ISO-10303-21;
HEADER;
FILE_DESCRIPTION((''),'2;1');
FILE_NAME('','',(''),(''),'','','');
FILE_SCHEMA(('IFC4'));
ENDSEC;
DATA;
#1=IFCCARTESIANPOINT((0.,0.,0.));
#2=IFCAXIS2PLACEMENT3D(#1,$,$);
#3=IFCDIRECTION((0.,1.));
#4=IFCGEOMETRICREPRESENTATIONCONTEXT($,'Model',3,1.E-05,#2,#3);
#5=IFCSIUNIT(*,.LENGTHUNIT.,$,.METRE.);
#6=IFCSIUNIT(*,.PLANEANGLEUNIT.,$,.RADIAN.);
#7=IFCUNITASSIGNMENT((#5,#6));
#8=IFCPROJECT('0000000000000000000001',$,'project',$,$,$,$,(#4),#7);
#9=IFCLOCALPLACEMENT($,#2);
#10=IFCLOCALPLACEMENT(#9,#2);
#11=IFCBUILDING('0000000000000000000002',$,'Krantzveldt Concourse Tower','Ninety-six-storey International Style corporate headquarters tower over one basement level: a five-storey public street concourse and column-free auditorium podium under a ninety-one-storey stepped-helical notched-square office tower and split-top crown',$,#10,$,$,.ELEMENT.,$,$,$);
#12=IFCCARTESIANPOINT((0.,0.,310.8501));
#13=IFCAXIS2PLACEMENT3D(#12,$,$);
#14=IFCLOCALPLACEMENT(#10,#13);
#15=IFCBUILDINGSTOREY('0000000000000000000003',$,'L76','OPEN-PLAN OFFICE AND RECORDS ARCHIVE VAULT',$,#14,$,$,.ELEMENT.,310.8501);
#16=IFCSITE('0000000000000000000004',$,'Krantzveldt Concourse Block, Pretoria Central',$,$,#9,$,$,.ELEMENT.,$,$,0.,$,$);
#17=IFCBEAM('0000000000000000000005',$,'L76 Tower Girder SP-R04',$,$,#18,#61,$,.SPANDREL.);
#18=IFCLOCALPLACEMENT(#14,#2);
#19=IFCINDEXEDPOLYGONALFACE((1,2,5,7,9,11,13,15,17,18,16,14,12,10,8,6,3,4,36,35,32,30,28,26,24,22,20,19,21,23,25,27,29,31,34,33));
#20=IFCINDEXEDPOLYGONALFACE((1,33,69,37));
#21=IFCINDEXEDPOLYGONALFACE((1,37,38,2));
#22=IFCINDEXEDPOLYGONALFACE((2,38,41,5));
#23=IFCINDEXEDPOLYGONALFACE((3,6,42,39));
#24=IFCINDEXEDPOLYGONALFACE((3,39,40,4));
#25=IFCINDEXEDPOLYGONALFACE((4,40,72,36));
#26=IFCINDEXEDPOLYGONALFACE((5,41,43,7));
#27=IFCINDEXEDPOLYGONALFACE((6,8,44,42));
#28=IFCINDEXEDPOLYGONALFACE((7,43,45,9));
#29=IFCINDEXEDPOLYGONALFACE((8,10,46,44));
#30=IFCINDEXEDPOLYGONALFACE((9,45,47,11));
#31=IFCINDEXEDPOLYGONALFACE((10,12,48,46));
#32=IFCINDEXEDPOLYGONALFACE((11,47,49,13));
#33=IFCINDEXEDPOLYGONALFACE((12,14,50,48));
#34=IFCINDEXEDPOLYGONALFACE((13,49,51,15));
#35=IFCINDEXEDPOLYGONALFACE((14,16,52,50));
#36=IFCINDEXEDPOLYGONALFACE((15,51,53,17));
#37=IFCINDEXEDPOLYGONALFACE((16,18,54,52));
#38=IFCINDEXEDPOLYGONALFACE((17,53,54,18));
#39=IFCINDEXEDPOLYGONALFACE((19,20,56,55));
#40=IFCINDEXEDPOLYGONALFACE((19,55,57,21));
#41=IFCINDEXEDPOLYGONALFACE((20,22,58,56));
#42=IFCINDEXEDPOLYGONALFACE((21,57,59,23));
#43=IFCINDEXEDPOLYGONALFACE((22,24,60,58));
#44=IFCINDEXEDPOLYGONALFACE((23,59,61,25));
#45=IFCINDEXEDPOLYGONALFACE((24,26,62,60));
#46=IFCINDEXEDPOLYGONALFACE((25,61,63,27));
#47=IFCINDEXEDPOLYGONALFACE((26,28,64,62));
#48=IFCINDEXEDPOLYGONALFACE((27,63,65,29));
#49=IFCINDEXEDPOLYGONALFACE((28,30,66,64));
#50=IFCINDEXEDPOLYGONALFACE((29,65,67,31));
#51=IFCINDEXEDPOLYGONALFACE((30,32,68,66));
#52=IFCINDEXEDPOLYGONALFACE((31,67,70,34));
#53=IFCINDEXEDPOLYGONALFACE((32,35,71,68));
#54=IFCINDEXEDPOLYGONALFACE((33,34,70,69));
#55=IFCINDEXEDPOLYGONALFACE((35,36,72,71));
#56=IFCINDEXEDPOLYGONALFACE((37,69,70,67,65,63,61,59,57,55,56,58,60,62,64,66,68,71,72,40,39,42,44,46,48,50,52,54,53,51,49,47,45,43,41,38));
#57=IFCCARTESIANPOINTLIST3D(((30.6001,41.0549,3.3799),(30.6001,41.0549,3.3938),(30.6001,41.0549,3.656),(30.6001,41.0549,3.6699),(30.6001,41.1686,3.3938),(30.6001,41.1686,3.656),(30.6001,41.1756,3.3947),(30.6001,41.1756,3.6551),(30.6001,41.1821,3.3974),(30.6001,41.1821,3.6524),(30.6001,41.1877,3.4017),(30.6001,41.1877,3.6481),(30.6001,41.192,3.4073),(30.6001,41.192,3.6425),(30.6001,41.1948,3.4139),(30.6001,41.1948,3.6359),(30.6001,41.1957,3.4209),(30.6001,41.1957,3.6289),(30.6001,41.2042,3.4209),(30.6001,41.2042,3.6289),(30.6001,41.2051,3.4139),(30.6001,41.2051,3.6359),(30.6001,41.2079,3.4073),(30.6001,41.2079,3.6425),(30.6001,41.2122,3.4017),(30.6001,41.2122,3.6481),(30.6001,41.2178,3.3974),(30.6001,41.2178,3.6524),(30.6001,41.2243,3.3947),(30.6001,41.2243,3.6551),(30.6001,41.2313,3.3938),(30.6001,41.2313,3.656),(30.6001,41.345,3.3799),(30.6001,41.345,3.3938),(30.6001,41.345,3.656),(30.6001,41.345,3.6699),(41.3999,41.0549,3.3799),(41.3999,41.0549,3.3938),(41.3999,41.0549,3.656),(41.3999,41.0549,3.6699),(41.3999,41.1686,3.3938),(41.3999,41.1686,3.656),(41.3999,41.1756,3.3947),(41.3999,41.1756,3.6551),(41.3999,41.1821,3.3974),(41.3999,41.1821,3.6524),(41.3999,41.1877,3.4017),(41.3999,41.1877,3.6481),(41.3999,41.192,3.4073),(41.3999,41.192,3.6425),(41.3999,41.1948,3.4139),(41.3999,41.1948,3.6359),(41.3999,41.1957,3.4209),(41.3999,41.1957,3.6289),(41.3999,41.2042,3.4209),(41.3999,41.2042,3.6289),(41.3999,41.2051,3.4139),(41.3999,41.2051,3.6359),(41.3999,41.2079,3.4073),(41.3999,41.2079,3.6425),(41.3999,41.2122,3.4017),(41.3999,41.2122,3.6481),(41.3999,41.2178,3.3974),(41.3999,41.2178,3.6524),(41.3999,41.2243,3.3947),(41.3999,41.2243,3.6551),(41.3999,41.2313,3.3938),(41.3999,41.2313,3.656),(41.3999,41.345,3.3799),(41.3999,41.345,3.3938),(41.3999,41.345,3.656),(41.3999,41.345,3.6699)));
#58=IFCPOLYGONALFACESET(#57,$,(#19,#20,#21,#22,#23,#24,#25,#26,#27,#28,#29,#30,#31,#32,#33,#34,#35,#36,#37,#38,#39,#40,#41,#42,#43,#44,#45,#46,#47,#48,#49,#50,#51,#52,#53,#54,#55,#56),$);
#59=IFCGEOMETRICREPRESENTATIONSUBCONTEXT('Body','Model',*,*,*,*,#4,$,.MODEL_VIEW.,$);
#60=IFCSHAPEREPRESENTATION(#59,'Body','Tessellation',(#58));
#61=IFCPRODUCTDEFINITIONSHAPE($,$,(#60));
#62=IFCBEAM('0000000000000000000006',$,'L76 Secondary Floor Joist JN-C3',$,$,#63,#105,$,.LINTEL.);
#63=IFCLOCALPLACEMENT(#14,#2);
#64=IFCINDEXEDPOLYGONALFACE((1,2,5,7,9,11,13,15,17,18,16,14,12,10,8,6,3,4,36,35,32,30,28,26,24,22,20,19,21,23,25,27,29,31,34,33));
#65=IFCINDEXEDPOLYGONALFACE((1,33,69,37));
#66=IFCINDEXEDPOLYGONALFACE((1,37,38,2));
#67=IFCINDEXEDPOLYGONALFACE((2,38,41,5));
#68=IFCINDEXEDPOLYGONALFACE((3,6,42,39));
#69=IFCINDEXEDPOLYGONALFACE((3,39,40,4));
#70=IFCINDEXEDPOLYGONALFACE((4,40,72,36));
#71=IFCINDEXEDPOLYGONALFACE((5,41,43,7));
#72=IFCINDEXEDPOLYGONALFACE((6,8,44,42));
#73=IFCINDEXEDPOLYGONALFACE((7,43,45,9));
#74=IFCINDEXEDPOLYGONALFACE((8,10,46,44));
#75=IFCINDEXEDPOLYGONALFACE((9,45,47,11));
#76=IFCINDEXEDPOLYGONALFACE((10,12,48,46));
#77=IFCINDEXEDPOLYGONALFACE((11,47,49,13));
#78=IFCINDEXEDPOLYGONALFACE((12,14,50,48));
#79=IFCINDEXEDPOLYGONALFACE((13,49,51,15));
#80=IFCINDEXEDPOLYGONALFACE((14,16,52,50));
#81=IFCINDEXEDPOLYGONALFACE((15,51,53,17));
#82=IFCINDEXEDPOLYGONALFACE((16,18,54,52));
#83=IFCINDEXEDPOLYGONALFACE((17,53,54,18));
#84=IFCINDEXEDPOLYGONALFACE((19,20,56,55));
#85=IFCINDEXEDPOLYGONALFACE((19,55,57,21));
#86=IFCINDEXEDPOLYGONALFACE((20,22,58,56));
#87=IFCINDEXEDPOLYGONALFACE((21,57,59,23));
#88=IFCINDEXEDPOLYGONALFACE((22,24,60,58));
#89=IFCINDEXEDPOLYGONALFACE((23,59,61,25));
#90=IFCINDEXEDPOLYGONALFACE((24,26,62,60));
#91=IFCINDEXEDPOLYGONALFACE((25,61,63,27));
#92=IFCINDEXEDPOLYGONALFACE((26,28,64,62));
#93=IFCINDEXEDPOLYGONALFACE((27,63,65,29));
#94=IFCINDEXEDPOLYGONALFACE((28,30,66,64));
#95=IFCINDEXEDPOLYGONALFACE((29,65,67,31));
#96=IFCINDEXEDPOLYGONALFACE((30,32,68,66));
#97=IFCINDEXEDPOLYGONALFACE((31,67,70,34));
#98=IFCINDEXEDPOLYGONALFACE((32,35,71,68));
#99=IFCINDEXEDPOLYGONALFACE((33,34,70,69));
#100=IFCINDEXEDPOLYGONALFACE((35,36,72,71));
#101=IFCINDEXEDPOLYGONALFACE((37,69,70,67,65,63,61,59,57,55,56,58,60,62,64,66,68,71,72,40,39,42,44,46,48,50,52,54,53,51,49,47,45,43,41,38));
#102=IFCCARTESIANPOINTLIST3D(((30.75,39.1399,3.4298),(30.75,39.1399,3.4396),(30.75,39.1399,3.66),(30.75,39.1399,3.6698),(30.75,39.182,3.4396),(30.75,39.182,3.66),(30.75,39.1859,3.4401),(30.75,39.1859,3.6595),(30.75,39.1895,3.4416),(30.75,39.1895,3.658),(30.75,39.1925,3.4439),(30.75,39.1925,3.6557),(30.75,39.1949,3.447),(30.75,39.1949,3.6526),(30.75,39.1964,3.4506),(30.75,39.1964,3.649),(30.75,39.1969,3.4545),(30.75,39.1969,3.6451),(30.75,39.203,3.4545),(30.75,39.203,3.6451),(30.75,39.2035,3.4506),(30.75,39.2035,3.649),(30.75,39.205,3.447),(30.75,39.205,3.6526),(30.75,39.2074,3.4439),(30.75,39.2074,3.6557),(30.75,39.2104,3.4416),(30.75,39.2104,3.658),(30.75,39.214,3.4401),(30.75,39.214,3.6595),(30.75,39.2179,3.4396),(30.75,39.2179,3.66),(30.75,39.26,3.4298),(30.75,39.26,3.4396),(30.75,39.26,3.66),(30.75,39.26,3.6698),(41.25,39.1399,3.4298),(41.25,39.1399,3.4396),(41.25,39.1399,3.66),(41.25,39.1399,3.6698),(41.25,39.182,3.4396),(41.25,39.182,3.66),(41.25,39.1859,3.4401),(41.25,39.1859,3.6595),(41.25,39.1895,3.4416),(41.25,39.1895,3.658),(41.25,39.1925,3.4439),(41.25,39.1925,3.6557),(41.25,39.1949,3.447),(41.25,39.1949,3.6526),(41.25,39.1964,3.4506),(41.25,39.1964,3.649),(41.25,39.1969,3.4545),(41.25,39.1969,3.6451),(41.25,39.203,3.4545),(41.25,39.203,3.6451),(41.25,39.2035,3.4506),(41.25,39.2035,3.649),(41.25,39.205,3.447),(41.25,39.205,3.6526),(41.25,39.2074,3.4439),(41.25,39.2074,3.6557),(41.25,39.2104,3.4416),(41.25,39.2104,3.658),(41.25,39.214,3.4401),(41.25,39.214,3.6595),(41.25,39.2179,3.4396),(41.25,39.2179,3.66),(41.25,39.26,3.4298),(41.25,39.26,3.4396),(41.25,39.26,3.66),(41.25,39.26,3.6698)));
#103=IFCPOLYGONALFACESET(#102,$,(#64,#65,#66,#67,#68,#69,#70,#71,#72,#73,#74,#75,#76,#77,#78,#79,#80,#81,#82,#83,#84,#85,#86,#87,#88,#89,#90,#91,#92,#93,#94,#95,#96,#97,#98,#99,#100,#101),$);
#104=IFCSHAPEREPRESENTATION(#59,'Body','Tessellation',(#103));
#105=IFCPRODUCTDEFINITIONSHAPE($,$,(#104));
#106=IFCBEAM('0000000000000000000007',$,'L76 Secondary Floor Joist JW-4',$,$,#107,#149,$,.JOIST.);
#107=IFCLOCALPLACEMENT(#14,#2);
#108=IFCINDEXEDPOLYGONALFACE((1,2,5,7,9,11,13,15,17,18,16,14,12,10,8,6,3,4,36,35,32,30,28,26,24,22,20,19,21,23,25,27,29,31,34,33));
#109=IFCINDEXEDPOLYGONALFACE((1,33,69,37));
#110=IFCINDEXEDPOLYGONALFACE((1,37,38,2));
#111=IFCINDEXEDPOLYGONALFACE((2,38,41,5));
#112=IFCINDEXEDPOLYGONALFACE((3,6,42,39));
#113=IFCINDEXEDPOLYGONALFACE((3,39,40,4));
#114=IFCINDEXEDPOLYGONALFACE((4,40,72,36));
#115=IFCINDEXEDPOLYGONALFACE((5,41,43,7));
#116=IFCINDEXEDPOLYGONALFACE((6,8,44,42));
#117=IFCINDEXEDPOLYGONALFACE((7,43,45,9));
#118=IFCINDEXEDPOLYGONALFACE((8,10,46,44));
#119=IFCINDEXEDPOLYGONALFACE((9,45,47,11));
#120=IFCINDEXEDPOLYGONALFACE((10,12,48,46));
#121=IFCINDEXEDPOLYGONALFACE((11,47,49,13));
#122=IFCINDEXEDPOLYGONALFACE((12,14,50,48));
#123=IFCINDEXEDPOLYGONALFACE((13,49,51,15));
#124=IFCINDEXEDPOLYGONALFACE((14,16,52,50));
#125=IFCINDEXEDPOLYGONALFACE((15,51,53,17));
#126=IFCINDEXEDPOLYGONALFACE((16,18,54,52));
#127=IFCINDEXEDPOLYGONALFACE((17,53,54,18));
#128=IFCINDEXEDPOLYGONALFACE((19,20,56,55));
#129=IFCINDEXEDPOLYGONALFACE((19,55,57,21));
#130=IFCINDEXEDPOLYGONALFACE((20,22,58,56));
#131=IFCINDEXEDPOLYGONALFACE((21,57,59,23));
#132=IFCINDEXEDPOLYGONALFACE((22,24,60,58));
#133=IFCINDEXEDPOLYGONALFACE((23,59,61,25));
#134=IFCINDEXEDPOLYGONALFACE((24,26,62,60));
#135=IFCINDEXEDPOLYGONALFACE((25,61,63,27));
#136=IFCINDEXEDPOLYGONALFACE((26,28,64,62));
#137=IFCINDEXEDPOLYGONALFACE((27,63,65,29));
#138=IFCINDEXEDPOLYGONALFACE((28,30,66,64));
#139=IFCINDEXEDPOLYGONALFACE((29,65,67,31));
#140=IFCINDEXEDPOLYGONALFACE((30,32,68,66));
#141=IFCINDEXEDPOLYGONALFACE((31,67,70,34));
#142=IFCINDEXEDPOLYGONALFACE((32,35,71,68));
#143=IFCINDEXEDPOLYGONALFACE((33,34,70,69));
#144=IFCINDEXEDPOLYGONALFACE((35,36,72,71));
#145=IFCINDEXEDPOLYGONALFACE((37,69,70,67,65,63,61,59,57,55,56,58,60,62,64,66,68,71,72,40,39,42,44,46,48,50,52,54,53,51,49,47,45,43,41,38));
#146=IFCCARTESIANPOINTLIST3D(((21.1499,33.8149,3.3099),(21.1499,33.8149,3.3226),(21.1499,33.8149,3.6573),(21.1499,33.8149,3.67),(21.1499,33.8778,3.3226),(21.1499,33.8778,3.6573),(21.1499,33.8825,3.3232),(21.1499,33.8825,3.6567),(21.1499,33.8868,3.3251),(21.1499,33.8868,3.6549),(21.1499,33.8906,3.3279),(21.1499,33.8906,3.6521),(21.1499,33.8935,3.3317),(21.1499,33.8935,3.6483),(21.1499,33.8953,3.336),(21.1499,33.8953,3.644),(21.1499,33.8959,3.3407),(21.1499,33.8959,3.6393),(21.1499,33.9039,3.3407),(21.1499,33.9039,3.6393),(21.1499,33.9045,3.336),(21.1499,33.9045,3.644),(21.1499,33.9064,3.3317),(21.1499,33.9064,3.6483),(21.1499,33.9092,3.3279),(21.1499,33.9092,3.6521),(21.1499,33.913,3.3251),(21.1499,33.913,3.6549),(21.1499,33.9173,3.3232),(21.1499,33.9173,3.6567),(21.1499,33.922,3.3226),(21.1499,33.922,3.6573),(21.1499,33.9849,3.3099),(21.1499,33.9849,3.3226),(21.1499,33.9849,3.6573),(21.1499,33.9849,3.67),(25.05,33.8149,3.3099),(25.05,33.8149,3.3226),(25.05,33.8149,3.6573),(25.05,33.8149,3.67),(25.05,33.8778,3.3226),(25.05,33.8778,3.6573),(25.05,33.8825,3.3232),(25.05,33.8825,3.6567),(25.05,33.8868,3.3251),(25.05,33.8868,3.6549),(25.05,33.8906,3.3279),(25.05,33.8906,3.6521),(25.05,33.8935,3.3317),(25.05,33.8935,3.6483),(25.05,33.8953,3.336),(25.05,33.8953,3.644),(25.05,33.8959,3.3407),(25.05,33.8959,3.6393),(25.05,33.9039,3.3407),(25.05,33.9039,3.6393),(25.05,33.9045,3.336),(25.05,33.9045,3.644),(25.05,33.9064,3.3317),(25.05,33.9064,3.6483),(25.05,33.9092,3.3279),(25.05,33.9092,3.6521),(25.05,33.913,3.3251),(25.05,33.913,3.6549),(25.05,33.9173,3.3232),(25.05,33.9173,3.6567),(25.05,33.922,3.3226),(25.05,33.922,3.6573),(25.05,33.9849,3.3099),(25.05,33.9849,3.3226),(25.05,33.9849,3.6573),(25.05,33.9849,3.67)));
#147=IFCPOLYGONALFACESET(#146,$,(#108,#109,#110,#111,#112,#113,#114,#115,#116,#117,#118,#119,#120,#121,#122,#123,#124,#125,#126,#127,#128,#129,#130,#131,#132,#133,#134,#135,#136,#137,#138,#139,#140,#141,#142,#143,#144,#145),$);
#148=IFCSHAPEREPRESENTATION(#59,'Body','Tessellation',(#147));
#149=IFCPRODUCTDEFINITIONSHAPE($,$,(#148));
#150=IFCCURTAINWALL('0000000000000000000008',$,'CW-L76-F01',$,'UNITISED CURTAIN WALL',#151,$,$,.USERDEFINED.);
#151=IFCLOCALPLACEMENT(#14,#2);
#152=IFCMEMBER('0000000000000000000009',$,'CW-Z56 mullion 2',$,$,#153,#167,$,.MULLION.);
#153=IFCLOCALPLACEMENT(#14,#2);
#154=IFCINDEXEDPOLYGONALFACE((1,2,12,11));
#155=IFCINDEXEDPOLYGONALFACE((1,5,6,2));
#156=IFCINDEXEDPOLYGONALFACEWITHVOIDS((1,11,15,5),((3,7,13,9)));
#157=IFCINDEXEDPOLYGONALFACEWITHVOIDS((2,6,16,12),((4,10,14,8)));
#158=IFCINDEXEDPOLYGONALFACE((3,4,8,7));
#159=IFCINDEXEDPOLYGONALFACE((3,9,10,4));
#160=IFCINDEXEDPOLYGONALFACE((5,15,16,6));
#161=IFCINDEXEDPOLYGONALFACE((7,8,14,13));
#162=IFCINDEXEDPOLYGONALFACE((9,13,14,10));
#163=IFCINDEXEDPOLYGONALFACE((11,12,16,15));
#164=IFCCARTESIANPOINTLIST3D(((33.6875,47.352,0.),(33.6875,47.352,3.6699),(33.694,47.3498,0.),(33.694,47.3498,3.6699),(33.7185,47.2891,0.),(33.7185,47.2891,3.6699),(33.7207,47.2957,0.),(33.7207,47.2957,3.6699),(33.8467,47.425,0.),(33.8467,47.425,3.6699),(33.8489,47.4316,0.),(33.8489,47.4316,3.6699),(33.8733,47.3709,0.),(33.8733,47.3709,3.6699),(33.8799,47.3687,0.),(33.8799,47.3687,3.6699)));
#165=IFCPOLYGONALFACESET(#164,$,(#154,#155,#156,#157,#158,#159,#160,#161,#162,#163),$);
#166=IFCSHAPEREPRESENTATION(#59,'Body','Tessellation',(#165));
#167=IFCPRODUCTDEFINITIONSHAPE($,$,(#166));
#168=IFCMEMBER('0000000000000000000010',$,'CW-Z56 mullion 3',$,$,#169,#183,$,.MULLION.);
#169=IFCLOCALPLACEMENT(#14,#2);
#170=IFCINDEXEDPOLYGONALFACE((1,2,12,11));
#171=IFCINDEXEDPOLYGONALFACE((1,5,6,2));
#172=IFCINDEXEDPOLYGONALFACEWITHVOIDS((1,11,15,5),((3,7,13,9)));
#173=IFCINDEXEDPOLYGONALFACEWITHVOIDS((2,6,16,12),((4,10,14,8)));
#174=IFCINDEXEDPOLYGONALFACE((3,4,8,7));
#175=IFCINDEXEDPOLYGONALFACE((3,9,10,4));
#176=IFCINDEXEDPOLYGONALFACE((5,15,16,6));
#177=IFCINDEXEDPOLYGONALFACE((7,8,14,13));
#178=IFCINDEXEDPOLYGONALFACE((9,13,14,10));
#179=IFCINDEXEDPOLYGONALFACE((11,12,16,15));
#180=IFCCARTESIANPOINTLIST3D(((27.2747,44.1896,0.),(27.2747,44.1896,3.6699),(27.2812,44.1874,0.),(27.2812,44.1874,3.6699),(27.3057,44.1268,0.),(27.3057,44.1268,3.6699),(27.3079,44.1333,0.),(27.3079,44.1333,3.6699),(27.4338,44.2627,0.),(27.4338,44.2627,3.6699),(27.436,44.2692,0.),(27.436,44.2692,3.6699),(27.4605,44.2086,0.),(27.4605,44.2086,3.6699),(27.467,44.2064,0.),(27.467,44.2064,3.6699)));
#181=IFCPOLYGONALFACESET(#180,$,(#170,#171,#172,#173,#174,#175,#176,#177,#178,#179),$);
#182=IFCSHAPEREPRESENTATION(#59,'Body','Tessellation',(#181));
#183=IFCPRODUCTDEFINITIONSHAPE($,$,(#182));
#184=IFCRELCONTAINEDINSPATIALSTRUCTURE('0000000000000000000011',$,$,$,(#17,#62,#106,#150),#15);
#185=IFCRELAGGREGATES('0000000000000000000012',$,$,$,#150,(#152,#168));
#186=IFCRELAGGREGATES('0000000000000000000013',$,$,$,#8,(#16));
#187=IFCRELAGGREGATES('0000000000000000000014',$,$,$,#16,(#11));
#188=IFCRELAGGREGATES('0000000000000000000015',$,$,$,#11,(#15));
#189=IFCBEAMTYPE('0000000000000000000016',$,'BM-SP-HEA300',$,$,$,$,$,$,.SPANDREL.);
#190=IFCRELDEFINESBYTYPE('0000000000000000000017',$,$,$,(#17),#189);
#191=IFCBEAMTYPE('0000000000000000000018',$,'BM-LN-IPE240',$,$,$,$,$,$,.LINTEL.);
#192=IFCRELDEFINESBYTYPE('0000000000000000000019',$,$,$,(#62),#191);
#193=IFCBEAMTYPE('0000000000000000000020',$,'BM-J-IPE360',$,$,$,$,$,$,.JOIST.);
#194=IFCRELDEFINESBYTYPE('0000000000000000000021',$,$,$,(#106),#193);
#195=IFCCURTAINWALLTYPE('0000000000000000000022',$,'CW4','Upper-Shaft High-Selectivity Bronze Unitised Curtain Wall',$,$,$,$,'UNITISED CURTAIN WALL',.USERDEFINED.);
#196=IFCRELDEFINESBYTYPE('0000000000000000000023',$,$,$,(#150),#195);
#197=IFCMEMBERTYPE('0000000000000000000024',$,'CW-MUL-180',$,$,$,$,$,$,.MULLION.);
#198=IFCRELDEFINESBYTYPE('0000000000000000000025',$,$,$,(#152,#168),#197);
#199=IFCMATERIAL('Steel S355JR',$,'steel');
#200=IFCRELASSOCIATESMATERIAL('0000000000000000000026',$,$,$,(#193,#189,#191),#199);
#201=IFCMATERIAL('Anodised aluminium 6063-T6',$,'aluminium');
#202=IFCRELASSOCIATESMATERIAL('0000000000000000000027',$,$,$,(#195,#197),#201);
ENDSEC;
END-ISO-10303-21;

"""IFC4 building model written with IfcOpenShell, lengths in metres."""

from ifc_helpers import new_model, si_unit, direction, frame, origin, origin_2d, place, context, subcontext, project, spatial, hollow_rectangle, i_section, extrude, source, transform, mapped, material, material_profile, profile_set, type_object, type_shapes, element, aggregate, save


model = new_model("IFC4")

# Units and contexts
model_context = context("Model", 3, precision=1e-05, world=origin(), true_north=direction((0.0, 1.0)))
body_context = subcontext(model_context, "Body", "Model", "MODEL_VIEW")
ifc_project = project(units=[si_unit("LENGTHUNIT", "METRE"), si_unit("PLANEANGLEUNIT", "RADIAN")], contexts=[model_context])

# Site, building, storey
site_placement = place(None, origin())
site = spatial("IfcSite", under=ifc_project, at=site_placement, Name="Krantzveldt Concourse Block, Pretoria Central", CompositionType="ELEMENT", RefElevation=0.0)
building_placement = place(site_placement, origin())
building = spatial("IfcBuilding", under=site, at=building_placement, Name="Krantzveldt Concourse Tower", Description="Ninety-six-storey International Style corporate headquarters tower over one basement level: a five-storey public street concourse and column-free auditorium podium under a ninety-one-storey stepped-helical notched-square office tower and split-top crown", CompositionType="ELEMENT")
storey_placement = place(building_placement, frame((0.0, 0.0, 310.8501)))
storey = spatial("IfcBuildingStorey", under=building, at=storey_placement, Name="L76", Description="OPEN-PLAN OFFICE AND RECORDS ARCHIVE VAULT", CompositionType="ELEMENT", Elevation=310.8501)

# Beams
ifc_material_1 = material(Name="Steel S355JR", Category="steel")
ifc_material_profile_1 = material_profile(ifc_material_1, i_section(OverallWidth=0.1699, OverallDepth=0.3601, WebThickness=0.0081, FlangeThickness=0.0127, FilletRadius=0.0181, at=origin_2d()), Name="Steel S355JR", Category="steel")
ifc_profile_set_1 = profile_set([ifc_material_profile_1], Name="Steel S355JR - IPE 360")
beam_type_1 = type_object("IfcBeamType", Name="BM-J-IPE360", PredefinedType="JOIST", material=ifc_profile_set_1)
ifc_material_profile_2 = material_profile(ifc_material_1, i_section(OverallWidth=0.29, OverallDepth=0.29, WebThickness=0.0085, FlangeThickness=0.0139, FilletRadius=0.0271, at=origin_2d()), Name="Steel S355JR", Category="steel")
ifc_profile_set_2 = profile_set([ifc_material_profile_2], Name="Steel S355JR - HEA 300")
beam_type_2 = type_object("IfcBeamType", Name="BM-SP-HEA300", PredefinedType="SPANDREL", material=ifc_profile_set_2)
shared_shape_1 = source(origin(), body_context, "Body", "SweptSolid", [
    extrude(i_section(OverallWidth=0.29, OverallDepth=0.29, WebThickness=0.0085, FlangeThickness=0.0139, FilletRadius=0.0271, at=origin_2d()), origin(), (0.0, 0.0, 1.0), 10.7998),
])
beam_1_placement = place(storey_placement, frame((30.6001, 41.2, 3.5249), z_axis=(1.0, 0.0, 0.0), x_axis=(0.0, 1.0, 0.0)))
element("IfcBeam", 1, at=beam_1_placement, inside=storey, type_object=beam_type_2, Name="L76 Tower Girder SP-R04", PredefinedType="SPANDREL", context=body_context, shape_type="MappedRepresentation", body=[
    mapped(shared_shape_1, transform((0.0, 0.0, 0.0), x_axis=(1.0, 0.0, 0.0), y_axis=(0.0, 1.0, 0.0), z_axis=(0.0, 0.0, 1.0), scale=1.0)),
])
ifc_material_profile_3 = material_profile(ifc_material_1, i_section(OverallWidth=0.1201, OverallDepth=0.24, WebThickness=0.0061, FlangeThickness=0.0098, FilletRadius=0.0149, at=origin_2d()), Name="Steel S355JR", Category="steel")
ifc_profile_set_3 = profile_set([ifc_material_profile_3], Name="Steel S355JR - IPE 240")
beam_type_3 = type_object("IfcBeamType", Name="BM-LN-IPE240", PredefinedType="LINTEL", material=ifc_profile_set_3)
shared_shape_2 = source(origin(), body_context, "Body", "SweptSolid", [
    extrude(i_section(OverallWidth=0.1201, OverallDepth=0.24, WebThickness=0.0061, FlangeThickness=0.0098, FilletRadius=0.0149, at=origin_2d()), origin(), (0.0, 0.0, 1.0), 10.5),
])
type_shapes(beam_type_3, [shared_shape_2])
beam_2_placement = place(storey_placement, frame((30.75, 39.2, 3.5498), z_axis=(1.0, 0.0, 0.0), x_axis=(0.0, 1.0, 0.0)))
element("IfcBeam", 2, at=beam_2_placement, inside=storey, type_object=beam_type_3, Name="L76 Secondary Floor Joist JN-C3", PredefinedType="LINTEL", context=body_context, shape_type="MappedRepresentation", body=[
    mapped(shared_shape_2, transform((0.0, 0.0, 0.0), x_axis=(1.0, 0.0, 0.0), y_axis=(0.0, 1.0, 0.0), z_axis=(0.0, 0.0, 1.0), scale=1.0)),
])
shared_shape_3 = source(origin(), body_context, "Body", "SweptSolid", [
    extrude(i_section(OverallWidth=0.1699, OverallDepth=0.3601, WebThickness=0.0081, FlangeThickness=0.0127, FilletRadius=0.0181, at=origin_2d()), origin(), (0.0, 0.0, 1.0), 3.9001),
])
beam_3_placement = place(storey_placement, frame((21.1499, 33.8999, 3.49), z_axis=(1.0, 0.0, 0.0), x_axis=(0.0, 1.0, 0.0)))
element("IfcBeam", 3, at=beam_3_placement, inside=storey, type_object=beam_type_1, Name="L76 Secondary Floor Joist JW-4", PredefinedType="JOIST", context=body_context, shape_type="MappedRepresentation", body=[
    mapped(shared_shape_3, transform((0.0, 0.0, 0.0), x_axis=(1.0, 0.0, 0.0), y_axis=(0.0, 1.0, 0.0), z_axis=(0.0, 0.0, 1.0), scale=1.0)),
])

# Curtain wall, members
ifc_material_2 = material(Name="Anodised aluminium 6063-T6", Category="aluminium")
curtain_wall_type = type_object("IfcCurtainWallType", Name="CW4", Description="Upper-Shaft High-Selectivity Bronze Unitised Curtain Wall", ElementType="UNITISED CURTAIN WALL", PredefinedType="USERDEFINED", material=ifc_material_2)
curtain_wall_placement = place(storey_placement, origin())
curtain_wall = element("IfcCurtainWall", 4, at=curtain_wall_placement, inside=storey, type_object=curtain_wall_type, Name="CW-L76-F01", ObjectType="UNITISED CURTAIN WALL", PredefinedType="USERDEFINED")
ifc_material_profile_4 = material_profile(ifc_material_2, hollow_rectangle(XDim=0.0701, YDim=0.1799, WallThickness=0.0049, at=origin_2d()), Name="Anodised aluminium 6063-T6", Category="aluminium")
ifc_profile_set_4 = profile_set([ifc_material_profile_4], Name="Anodised aluminium 6063-T6 - ALU-MULL 180x70x5")
member_type_1 = type_object("IfcMemberType", Name="CW-MUL-180", PredefinedType="MULLION", material=ifc_profile_set_4)
shared_shape_4 = source(origin(), body_context, "Body", "SweptSolid", [
    extrude(hollow_rectangle(XDim=0.0701, YDim=0.1799, WallThickness=0.0049, at=origin_2d()), origin(), (0.0, 0.0, 1.0), 3.6699),
])
type_shapes(member_type_1, [shared_shape_4])
member_1_placement = place(storey_placement, frame((33.7837, 47.3604, 0.0), z_axis=(0.0, 0.0, 1.0), x_axis=(0.442289, -0.896873, 0.0)))
member_1 = element("IfcMember", 5, at=member_1_placement, type_object=member_type_1, Name="CW-Z56 mullion 2", PredefinedType="MULLION", context=body_context, shape_type="MappedRepresentation", body=[
    mapped(shared_shape_4, transform((0.0, 0.0, 0.0), x_axis=(1.0, 0.0, 0.0), y_axis=(0.0, 1.0, 0.0), z_axis=(0.0, 0.0, 1.0), scale=1.0)),
])
member_2_placement = place(storey_placement, frame((27.3708, 44.198, 0.0), z_axis=(0.0, 0.0, 1.0), x_axis=(0.442289, -0.896873, 0.0)))
member_2 = element("IfcMember", 6, at=member_2_placement, type_object=member_type_1, Name="CW-Z56 mullion 3", PredefinedType="MULLION", context=body_context, shape_type="MappedRepresentation", body=[
    mapped(shared_shape_4, transform((0.0, 0.0, 0.0), x_axis=(1.0, 0.0, 0.0), y_axis=(0.0, 1.0, 0.0), z_axis=(0.0, 0.0, 1.0), scale=1.0)),
])
aggregate(curtain_wall, [member_1, member_2])

save(model, "model.ifc")
